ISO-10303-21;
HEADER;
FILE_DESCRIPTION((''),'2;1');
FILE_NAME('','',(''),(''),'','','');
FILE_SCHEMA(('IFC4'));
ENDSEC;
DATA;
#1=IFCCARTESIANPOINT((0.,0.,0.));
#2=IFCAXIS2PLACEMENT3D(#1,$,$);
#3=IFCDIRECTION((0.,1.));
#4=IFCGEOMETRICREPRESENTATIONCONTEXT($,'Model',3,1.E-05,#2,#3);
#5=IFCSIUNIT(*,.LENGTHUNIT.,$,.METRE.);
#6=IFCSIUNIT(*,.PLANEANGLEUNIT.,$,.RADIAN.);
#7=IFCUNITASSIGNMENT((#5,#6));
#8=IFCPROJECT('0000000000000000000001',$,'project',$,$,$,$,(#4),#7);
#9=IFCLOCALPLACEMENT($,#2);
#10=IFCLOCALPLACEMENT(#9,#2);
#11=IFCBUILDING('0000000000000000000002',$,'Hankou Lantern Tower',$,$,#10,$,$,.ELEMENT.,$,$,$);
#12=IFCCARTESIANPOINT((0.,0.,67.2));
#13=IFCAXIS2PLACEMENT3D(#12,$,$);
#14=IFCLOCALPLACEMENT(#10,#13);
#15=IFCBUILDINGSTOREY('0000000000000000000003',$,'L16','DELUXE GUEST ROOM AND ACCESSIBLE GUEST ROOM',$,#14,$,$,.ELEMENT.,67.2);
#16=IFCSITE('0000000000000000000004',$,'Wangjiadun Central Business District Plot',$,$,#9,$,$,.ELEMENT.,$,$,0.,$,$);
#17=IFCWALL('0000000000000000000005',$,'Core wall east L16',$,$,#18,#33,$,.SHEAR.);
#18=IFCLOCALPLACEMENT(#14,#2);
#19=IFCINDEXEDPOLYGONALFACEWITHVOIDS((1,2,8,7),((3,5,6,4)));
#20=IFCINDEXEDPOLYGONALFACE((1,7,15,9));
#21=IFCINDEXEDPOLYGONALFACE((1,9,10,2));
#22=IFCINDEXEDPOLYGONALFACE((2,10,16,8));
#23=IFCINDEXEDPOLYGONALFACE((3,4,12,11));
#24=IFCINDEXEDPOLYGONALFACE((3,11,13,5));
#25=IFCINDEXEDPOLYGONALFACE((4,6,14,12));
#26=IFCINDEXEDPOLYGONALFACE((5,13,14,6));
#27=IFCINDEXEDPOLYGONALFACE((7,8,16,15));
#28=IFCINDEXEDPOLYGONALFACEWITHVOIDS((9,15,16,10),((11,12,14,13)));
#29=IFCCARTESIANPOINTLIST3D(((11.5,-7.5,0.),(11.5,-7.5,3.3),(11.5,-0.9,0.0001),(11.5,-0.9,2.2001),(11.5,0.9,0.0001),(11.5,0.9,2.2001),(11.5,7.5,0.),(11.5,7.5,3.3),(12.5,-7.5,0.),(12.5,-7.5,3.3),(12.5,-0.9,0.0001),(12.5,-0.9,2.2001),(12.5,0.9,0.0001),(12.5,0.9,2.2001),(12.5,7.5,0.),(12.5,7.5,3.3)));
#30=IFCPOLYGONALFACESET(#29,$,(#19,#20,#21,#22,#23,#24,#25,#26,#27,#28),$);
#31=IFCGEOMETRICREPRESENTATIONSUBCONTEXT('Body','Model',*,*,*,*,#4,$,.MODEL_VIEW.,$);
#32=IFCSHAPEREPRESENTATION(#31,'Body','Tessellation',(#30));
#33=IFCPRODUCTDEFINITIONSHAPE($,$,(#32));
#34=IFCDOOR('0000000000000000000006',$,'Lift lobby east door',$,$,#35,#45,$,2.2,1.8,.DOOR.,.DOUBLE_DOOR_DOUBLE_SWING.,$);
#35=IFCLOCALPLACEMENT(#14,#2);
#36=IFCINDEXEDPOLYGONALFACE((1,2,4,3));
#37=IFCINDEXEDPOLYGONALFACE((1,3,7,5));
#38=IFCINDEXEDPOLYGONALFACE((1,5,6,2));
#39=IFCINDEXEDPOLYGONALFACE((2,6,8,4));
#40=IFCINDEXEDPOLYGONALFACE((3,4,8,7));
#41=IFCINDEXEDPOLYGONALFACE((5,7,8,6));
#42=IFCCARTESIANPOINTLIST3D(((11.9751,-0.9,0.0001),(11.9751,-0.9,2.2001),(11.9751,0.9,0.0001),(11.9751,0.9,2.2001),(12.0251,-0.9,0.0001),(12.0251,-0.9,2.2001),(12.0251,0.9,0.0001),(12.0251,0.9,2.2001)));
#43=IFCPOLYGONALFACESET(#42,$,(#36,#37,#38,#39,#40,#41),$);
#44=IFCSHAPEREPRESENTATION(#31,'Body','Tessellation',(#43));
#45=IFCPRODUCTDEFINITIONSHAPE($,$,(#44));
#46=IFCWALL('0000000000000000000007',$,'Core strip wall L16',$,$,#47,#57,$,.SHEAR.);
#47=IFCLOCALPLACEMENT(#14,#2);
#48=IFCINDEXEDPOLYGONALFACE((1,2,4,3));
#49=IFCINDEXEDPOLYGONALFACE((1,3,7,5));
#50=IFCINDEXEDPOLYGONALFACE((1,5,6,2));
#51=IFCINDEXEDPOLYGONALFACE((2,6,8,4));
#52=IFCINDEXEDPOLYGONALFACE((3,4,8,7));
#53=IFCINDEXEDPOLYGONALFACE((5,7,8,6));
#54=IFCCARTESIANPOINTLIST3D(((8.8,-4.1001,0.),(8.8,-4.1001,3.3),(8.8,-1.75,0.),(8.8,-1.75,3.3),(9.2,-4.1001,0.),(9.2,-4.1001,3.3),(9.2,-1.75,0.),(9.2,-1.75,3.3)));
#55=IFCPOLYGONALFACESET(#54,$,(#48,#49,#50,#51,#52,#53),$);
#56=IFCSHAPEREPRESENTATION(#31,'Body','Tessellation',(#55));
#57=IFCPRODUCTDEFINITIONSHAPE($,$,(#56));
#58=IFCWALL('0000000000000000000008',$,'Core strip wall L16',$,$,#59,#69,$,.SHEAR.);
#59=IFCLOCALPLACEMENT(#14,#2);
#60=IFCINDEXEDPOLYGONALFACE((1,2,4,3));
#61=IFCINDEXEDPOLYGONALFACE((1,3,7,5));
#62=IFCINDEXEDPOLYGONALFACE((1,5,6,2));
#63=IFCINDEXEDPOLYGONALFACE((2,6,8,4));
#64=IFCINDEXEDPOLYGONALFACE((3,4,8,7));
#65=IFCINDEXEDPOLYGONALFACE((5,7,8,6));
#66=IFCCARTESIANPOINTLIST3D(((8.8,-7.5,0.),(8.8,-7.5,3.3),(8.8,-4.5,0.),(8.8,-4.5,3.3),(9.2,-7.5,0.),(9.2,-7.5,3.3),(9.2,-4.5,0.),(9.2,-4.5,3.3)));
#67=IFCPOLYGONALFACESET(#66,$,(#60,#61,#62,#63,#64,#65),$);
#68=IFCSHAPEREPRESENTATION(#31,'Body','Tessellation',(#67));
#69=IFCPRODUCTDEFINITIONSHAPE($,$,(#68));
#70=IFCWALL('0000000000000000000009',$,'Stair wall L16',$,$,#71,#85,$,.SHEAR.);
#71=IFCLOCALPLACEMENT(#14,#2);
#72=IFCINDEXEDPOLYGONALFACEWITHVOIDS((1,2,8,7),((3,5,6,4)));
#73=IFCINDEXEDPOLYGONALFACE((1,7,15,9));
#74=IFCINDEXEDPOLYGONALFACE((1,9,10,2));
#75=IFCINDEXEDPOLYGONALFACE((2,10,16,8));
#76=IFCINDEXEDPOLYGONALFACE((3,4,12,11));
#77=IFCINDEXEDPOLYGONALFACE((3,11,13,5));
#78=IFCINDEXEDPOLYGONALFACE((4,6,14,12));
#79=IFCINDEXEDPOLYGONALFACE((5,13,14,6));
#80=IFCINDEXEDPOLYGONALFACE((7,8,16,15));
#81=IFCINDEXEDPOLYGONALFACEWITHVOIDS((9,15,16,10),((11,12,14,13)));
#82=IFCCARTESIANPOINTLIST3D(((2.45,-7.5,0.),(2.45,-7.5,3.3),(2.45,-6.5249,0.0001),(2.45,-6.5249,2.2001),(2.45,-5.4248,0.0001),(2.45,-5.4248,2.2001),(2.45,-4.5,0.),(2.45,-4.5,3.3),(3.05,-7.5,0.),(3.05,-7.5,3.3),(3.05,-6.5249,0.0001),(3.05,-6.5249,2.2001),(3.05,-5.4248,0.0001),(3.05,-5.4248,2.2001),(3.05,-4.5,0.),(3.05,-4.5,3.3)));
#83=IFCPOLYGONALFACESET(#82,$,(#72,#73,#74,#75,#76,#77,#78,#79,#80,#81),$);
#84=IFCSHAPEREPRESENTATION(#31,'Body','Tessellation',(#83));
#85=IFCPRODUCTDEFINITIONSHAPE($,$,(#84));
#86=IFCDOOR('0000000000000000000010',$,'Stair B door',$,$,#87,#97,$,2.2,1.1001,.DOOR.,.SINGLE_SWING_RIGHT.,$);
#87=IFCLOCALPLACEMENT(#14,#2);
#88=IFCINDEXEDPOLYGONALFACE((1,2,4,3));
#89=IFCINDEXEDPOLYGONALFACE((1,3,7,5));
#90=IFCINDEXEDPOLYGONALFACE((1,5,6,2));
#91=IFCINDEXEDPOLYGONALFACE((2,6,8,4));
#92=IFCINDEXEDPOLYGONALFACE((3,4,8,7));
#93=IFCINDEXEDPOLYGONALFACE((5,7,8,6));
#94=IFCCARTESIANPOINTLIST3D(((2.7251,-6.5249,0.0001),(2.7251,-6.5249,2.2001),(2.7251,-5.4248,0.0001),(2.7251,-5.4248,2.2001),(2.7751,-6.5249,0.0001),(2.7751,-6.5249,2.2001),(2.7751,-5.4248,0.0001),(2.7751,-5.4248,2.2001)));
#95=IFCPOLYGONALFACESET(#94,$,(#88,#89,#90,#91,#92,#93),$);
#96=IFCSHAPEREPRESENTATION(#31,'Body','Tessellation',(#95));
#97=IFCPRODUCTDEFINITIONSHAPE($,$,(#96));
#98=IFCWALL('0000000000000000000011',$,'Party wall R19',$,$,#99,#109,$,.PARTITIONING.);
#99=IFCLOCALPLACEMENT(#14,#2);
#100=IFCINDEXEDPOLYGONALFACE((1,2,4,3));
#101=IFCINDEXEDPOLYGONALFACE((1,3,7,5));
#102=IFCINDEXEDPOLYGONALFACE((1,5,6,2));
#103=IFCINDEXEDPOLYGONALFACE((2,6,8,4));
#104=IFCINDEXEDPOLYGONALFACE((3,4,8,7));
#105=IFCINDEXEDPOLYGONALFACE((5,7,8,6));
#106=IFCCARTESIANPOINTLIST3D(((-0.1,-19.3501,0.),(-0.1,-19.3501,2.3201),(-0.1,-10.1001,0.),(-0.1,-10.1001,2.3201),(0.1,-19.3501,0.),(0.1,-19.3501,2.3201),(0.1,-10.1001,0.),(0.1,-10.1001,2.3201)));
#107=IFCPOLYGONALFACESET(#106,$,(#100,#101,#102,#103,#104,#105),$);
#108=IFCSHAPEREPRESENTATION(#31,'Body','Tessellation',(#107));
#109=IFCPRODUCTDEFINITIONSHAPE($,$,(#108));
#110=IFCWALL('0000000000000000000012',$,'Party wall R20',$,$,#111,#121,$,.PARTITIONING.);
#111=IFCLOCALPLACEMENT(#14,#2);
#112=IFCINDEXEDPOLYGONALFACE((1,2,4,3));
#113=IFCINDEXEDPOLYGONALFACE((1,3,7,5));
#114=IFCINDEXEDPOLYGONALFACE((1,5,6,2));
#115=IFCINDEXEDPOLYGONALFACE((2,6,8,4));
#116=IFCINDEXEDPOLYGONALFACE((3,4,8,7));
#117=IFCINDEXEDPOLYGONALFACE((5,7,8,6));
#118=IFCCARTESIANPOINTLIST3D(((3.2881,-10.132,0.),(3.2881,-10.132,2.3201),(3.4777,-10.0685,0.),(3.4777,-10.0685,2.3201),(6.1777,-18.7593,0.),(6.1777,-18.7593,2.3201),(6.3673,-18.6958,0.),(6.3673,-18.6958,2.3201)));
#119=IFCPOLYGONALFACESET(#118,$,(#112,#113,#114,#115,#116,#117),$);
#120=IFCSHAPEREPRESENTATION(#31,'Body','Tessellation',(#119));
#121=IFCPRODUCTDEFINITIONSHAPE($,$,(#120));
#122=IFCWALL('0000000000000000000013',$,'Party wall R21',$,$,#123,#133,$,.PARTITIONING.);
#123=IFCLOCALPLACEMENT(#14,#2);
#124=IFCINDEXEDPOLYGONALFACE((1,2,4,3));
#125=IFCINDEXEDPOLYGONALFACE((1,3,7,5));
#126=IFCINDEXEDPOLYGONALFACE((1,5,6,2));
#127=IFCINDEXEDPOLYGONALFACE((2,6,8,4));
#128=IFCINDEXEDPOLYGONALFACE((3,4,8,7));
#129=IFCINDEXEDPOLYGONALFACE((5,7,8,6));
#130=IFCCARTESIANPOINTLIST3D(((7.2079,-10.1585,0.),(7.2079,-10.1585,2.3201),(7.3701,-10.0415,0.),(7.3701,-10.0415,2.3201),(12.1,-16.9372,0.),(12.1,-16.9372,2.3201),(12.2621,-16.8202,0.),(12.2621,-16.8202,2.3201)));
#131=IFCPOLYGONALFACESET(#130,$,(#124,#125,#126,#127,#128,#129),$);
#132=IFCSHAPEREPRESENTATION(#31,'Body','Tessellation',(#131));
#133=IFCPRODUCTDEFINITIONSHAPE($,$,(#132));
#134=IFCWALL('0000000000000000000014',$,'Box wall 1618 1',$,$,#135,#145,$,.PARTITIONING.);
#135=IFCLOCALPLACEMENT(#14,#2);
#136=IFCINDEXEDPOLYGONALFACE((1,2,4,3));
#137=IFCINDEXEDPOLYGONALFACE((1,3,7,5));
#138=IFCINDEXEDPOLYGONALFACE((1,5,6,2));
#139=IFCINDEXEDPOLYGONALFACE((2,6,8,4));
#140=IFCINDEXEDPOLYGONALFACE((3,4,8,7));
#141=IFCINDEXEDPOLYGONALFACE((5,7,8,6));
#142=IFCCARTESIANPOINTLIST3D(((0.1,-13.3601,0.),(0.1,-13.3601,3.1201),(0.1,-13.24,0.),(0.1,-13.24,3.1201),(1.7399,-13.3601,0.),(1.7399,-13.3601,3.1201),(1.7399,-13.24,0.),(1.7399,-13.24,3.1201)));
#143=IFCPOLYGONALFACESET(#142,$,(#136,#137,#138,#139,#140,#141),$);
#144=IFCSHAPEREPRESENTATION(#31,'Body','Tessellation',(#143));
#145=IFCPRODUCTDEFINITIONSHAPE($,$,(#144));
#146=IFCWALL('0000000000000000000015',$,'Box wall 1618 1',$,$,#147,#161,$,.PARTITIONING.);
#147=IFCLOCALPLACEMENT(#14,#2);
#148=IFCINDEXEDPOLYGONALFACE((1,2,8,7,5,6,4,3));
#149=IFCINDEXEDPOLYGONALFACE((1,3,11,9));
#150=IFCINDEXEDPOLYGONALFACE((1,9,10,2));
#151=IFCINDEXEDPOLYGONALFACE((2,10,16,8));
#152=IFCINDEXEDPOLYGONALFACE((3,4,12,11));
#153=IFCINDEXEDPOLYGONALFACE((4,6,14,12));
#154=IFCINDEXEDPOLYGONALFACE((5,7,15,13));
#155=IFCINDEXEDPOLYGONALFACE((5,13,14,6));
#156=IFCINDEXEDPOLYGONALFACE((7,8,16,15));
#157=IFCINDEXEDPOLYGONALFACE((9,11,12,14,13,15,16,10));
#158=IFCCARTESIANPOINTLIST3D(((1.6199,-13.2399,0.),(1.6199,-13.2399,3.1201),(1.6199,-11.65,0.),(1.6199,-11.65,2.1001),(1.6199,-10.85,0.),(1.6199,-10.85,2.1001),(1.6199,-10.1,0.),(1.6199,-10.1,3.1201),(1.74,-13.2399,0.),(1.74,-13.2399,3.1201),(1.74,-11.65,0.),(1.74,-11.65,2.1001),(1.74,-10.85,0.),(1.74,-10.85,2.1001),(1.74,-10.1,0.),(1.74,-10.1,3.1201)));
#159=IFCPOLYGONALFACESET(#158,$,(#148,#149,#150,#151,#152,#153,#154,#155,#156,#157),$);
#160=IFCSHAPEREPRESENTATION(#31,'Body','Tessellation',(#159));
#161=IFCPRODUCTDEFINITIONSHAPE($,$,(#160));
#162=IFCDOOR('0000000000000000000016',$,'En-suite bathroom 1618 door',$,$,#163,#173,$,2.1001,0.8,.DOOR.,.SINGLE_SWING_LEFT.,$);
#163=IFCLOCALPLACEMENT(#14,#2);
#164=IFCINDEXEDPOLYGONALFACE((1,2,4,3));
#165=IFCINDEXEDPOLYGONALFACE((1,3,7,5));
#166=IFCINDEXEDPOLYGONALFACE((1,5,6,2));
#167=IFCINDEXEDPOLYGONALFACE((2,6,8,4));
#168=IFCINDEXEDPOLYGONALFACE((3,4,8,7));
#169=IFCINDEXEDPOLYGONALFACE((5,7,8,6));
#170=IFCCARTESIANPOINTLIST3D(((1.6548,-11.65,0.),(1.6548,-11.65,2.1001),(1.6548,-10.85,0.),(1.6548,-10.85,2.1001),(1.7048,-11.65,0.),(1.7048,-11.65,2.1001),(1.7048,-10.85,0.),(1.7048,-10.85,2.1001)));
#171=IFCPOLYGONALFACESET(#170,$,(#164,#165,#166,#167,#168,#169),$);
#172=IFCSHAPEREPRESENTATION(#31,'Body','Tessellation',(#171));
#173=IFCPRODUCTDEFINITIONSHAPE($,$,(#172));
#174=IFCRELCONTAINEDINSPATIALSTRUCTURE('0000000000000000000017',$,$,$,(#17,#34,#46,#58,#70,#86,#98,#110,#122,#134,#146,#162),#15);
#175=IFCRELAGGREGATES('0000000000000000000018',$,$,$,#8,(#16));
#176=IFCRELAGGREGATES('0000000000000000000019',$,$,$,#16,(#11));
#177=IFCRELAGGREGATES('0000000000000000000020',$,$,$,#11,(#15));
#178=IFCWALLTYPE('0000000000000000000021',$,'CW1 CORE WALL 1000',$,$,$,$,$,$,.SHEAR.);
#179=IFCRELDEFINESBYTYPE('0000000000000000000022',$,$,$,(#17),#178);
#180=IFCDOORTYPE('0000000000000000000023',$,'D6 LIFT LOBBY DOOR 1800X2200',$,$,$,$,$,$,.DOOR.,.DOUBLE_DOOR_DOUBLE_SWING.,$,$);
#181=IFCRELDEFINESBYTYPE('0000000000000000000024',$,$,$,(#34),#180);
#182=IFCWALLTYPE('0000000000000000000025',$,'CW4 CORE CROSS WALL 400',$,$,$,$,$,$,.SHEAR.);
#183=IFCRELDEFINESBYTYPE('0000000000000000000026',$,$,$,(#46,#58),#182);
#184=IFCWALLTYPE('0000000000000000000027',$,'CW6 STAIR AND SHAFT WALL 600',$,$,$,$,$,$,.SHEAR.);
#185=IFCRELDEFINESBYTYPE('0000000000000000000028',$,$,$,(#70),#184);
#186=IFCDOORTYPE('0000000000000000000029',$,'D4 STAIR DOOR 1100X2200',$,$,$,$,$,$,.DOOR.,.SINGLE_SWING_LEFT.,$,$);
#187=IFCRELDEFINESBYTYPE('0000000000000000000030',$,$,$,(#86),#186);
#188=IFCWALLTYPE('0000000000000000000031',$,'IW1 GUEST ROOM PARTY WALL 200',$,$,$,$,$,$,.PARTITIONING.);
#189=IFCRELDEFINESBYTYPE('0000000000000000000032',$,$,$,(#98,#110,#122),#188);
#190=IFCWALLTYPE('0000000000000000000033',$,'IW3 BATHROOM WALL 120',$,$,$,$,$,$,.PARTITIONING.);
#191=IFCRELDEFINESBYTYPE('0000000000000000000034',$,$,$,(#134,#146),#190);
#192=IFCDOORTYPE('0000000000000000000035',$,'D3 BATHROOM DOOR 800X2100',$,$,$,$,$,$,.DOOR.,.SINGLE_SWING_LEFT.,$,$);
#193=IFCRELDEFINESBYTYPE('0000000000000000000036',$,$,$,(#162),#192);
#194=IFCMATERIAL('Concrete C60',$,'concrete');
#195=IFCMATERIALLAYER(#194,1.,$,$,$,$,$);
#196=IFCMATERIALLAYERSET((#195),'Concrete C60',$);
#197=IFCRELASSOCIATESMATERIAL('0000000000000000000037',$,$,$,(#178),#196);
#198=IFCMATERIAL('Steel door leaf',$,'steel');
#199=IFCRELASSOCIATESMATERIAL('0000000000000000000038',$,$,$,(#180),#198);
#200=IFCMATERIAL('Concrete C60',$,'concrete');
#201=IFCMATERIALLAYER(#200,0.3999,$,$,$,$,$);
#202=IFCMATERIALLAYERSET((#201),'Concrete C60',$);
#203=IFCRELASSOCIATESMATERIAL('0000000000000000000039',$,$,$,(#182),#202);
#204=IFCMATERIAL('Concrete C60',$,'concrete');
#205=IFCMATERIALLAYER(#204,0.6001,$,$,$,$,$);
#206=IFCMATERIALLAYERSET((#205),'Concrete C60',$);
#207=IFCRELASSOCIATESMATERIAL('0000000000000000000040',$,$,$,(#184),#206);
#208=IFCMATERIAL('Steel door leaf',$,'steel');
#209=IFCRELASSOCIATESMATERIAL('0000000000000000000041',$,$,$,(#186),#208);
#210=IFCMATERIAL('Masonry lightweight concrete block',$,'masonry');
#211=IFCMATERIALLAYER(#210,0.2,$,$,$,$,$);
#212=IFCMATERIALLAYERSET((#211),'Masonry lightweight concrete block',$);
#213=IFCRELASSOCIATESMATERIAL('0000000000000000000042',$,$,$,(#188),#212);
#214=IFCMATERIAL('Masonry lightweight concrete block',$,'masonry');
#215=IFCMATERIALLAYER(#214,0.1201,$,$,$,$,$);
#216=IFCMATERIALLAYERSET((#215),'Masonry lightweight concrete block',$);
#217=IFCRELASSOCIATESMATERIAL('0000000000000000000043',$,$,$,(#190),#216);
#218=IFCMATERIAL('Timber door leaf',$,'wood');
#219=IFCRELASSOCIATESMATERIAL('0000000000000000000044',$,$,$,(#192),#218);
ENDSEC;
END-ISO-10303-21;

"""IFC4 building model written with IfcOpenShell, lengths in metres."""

from ifc_helpers import new_model, si_unit, direction, frame, frame_2d, origin, place, context, subcontext, project, spatial, rectangle, extrude, material, layer, layer_set, type_object, element, fill, save


model = new_model("IFC4")

# Units and contexts
model_context = context("Model", 3, precision=1e-05, world=origin(), true_north=direction((0.0, 1.0)))
body_context = subcontext(model_context, "Body", "Model", "MODEL_VIEW")
ifc_project = project(units=[si_unit("LENGTHUNIT", "METRE"), si_unit("PLANEANGLEUNIT", "RADIAN")], contexts=[model_context])

# Site, building, storey
site_placement = place(None, origin())
site = spatial("IfcSite", under=ifc_project, at=site_placement, Name="Wangjiadun Central Business District Plot", CompositionType="ELEMENT", RefElevation=0.0)
building_placement = place(site_placement, origin())
building = spatial("IfcBuilding", under=site, at=building_placement, Name="Hankou Lantern Tower", CompositionType="ELEMENT")
storey_placement = place(building_placement, frame((0.0, 0.0, 67.2)))
storey = spatial("IfcBuildingStorey", under=building, at=storey_placement, Name="L16", Description="DELUXE GUEST ROOM AND ACCESSIBLE GUEST ROOM", CompositionType="ELEMENT", Elevation=67.2)

# Wall, opening, door
ifc_material_1 = material(Name="Concrete C60", Category="concrete")
ifc_layer_1 = layer(ifc_material_1, 1.0)
ifc_layer_set_1 = layer_set([ifc_layer_1], Name="Concrete C60")
wall_type_1 = type_object("IfcWallType", Name="CW1 CORE WALL 1000", PredefinedType="SHEAR", material=ifc_layer_set_1)
wall_1_placement = place(storey_placement, frame((12.0, -7.5, 0.0), z_axis=(0.0, 0.0, 1.0), x_axis=(0.0, 1.0, 0.0)))
wall_1 = element("IfcWall", 1, at=wall_1_placement, inside=storey, type_object=wall_type_1, Name="Core wall east L16", PredefinedType="SHEAR", context=body_context, shape_type="SweptSolid", body=[
    extrude(rectangle(XDim=15.0, YDim=1.0, at=frame_2d((7.5, 0.0))), origin(), (0.0, 0.0, 1.0), 3.3),
])
opening_1_placement = place(wall_1_placement, frame((6.6001, 0.0, 0.0)))
opening_1 = element("IfcOpeningElement", 2, at=opening_1_placement, cuts=wall_1, PredefinedType="OPENING", context=body_context, shape_type="SweptSolid", body=[
    extrude(rectangle(XDim=1.8, YDim=2.2, at=frame_2d((0.8999, 1.1001))), frame((0.0, 0.51, 0.0), z_axis=(0.0, -1.0, 0.0), x_axis=(1.0, 0.0, 0.0)), (0.0, 0.0, 1.0), 1.02),
])
ifc_material_2 = material(Name="Steel door leaf", Category="steel")
door_type_1 = type_object("IfcDoorType", Name="D6 LIFT LOBBY DOOR 1800X2200", OperationType="DOUBLE_DOOR_DOUBLE_SWING", PredefinedType="DOOR", material=ifc_material_2)
door_1_placement = place(opening_1_placement, origin())
door_1 = element("IfcDoor", 3, at=door_1_placement, inside=storey, type_object=door_type_1, Name="Lift lobby east door", OperationType="DOUBLE_DOOR_DOUBLE_SWING", OverallHeight=2.2, OverallWidth=1.8, PredefinedType="DOOR", context=body_context, shape_type="SweptSolid", body=[
    extrude(rectangle(XDim=1.8, YDim=2.2, at=frame_2d((0.8999, 1.1001))), frame((0.0, 0.0249, 0.0), z_axis=(0.0, -1.0, 0.0), x_axis=(1.0, 0.0, 0.0)), (0.0, 0.0, 1.0), 0.05),
])
fill(opening_1, door_1)

# Walls
ifc_material_3 = material(Name="Concrete C60", Category="concrete")
ifc_layer_2 = layer(ifc_material_3, 0.3999)
ifc_layer_set_2 = layer_set([ifc_layer_2], Name="Concrete C60")
wall_type_2 = type_object("IfcWallType", Name="CW4 CORE CROSS WALL 400", PredefinedType="SHEAR", material=ifc_layer_set_2)
wall_2_placement = place(storey_placement, frame((9.0, -4.1001, 0.0), z_axis=(0.0, 0.0, 1.0), x_axis=(0.0, 1.0, 0.0)))
element("IfcWall", 4, at=wall_2_placement, inside=storey, type_object=wall_type_2, Name="Core strip wall L16", PredefinedType="SHEAR", context=body_context, shape_type="SweptSolid", body=[
    extrude(rectangle(XDim=2.3501, YDim=0.3999, at=frame_2d((1.175, 0.0))), origin(), (0.0, 0.0, 1.0), 3.3),
])
wall_3_placement = place(storey_placement, frame((9.0, -7.5, 0.0), z_axis=(0.0, 0.0, 1.0), x_axis=(0.0, 1.0, 0.0)))
element("IfcWall", 5, at=wall_3_placement, inside=storey, type_object=wall_type_2, Name="Core strip wall L16", PredefinedType="SHEAR", context=body_context, shape_type="SweptSolid", body=[
    extrude(rectangle(XDim=3.0, YDim=0.3999, at=frame_2d((1.5, 0.0))), origin(), (0.0, 0.0, 1.0), 3.3),
])

# Wall, opening, door
ifc_material_4 = material(Name="Concrete C60", Category="concrete")
ifc_layer_3 = layer(ifc_material_4, 0.6001)
ifc_layer_set_3 = layer_set([ifc_layer_3], Name="Concrete C60")
wall_type_3 = type_object("IfcWallType", Name="CW6 STAIR AND SHAFT WALL 600", PredefinedType="SHEAR", material=ifc_layer_set_3)
wall_4_placement = place(storey_placement, frame((2.75, -7.5, 0.0), z_axis=(0.0, 0.0, 1.0), x_axis=(0.0, 1.0, 0.0)))
wall_4 = element("IfcWall", 6, at=wall_4_placement, inside=storey, type_object=wall_type_3, Name="Stair wall L16", PredefinedType="SHEAR", context=body_context, shape_type="SweptSolid", body=[
    extrude(rectangle(XDim=3.0, YDim=0.6001, at=frame_2d((1.5, 0.0))), origin(), (0.0, 0.0, 1.0), 3.3),
])
opening_2_placement = place(wall_4_placement, frame((0.9751, 0.0, 0.0)))
opening_2 = element("IfcOpeningElement", 7, at=opening_2_placement, cuts=wall_4, PredefinedType="OPENING", context=body_context, shape_type="SweptSolid", body=[
    extrude(rectangle(XDim=1.1001, YDim=2.2, at=frame_2d((0.55, 1.1001))), frame((0.0, 0.3101, 0.0), z_axis=(0.0, -1.0, 0.0), x_axis=(1.0, 0.0, 0.0)), (0.0, 0.0, 1.0), 0.6201),
])
ifc_material_5 = material(Name="Steel door leaf", Category="steel")
door_type_2 = type_object("IfcDoorType", Name="D4 STAIR DOOR 1100X2200", OperationType="SINGLE_SWING_LEFT", PredefinedType="DOOR", material=ifc_material_5)
door_2_placement = place(opening_2_placement, origin())
door_2 = element("IfcDoor", 8, at=door_2_placement, inside=storey, type_object=door_type_2, Name="Stair B door", OperationType="SINGLE_SWING_RIGHT", OverallHeight=2.2, OverallWidth=1.1001, PredefinedType="DOOR", context=body_context, shape_type="SweptSolid", body=[
    extrude(rectangle(XDim=1.1001, YDim=2.2, at=frame_2d((0.55, 1.1001))), frame((0.0, 0.0249, 0.0), z_axis=(0.0, -1.0, 0.0), x_axis=(1.0, 0.0, 0.0)), (0.0, 0.0, 1.0), 0.05),
])
fill(opening_2, door_2)

# Walls
ifc_material_6 = material(Name="Masonry lightweight concrete block", Category="masonry")
ifc_layer_4 = layer(ifc_material_6, 0.2)
ifc_layer_set_4 = layer_set([ifc_layer_4], Name="Masonry lightweight concrete block")
wall_type_4 = type_object("IfcWallType", Name="IW1 GUEST ROOM PARTY WALL 200", PredefinedType="PARTITIONING", material=ifc_layer_set_4)
wall_5_placement = place(storey_placement, frame((0.0, -10.1001, 0.0), z_axis=(0.0, 0.0, 1.0), x_axis=(0.0, -1.0, 0.0)))
element("IfcWall", 9, at=wall_5_placement, inside=storey, type_object=wall_type_4, Name="Party wall R19", PredefinedType="PARTITIONING", context=body_context, shape_type="SweptSolid", body=[
    extrude(rectangle(XDim=9.25, YDim=0.2, at=frame_2d((4.625, 0.0))), origin(), (0.0, 0.0, 1.0), 2.3201),
])
wall_6_placement = place(storey_placement, frame((3.3828, -10.1001, 0.0), z_axis=(0.0, 0.0, 1.0), x_axis=(0.317596, -0.948226, 0.0)))
element("IfcWall", 10, at=wall_6_placement, inside=storey, type_object=wall_type_4, Name="Party wall R20", PredefinedType="PARTITIONING", context=body_context, shape_type="SweptSolid", body=[
    extrude(rectangle(XDim=9.0984, YDim=0.2, at=frame_2d((4.5493, 0.0))), origin(), (0.0, 0.0, 1.0), 2.3201),
])
wall_7_placement = place(storey_placement, frame((7.2891, -10.1001, 0.0), z_axis=(0.0, 0.0, 1.0), x_axis=(0.585198, -0.81089, 0.0)))
element("IfcWall", 11, at=wall_7_placement, inside=storey, type_object=wall_type_4, Name="Party wall R21", PredefinedType="PARTITIONING", context=body_context, shape_type="SweptSolid", body=[
    extrude(rectangle(XDim=8.3596, YDim=0.2, at=frame_2d((4.1797, 0.0))), origin(), (0.0, 0.0, 1.0), 2.3201),
])
ifc_material_7 = material(Name="Masonry lightweight concrete block", Category="masonry")
ifc_layer_5 = layer(ifc_material_7, 0.1201)
ifc_layer_set_5 = layer_set([ifc_layer_5], Name="Masonry lightweight concrete block")
wall_type_5 = type_object("IfcWallType", Name="IW3 BATHROOM WALL 120", PredefinedType="PARTITIONING", material=ifc_layer_set_5)
wall_8_placement = place(storey_placement, frame((0.1001, -13.3, 0.0), z_axis=(0.0, 0.0, 1.0), x_axis=(1.0, 0.0, 0.0)))
element("IfcWall", 12, at=wall_8_placement, inside=storey, type_object=wall_type_5, Name="Box wall 1618 1", PredefinedType="PARTITIONING", context=body_context, shape_type="SweptSolid", body=[
    extrude(rectangle(XDim=1.6399, YDim=0.1201, at=frame_2d((0.8198, 0.0))), origin(), (0.0, 0.0, 1.0), 3.1201),
])

# Wall, opening, door
wall_9_placement = place(storey_placement, frame((1.6799, -10.1001, 0.0), z_axis=(0.0, 0.0, 1.0), x_axis=(0.0, -1.0, 0.0)))
wall_9 = element("IfcWall", 13, at=wall_9_placement, inside=storey, type_object=wall_type_5, Name="Box wall 1618 1", PredefinedType="PARTITIONING", context=body_context, shape_type="SweptSolid", body=[
    extrude(rectangle(XDim=3.1399, YDim=0.1201, at=frame_2d((1.5698, 0.0))), origin(), (0.0, 0.0, 1.0), 3.1201),
])
opening_3_placement = place(wall_9_placement, frame((0.75, 0.0, 0.0)))
opening_3 = element("IfcOpeningElement", 14, at=opening_3_placement, cuts=wall_9, PredefinedType="OPENING", context=body_context, shape_type="SweptSolid", body=[
    extrude(rectangle(XDim=0.8, YDim=2.1001, at=frame_2d((0.3999, 1.05))), frame((0.0, 0.0701, 0.0), z_axis=(0.0, -1.0, 0.0), x_axis=(1.0, 0.0, 0.0)), (0.0, 0.0, 1.0), 0.1401),
])
ifc_material_8 = material(Name="Timber door leaf", Category="wood")
door_type_3 = type_object("IfcDoorType", Name="D3 BATHROOM DOOR 800X2100", OperationType="SINGLE_SWING_LEFT", PredefinedType="DOOR", material=ifc_material_8)
door_3_placement = place(opening_3_placement, origin())
door_3 = element("IfcDoor", 15, at=door_3_placement, inside=storey, type_object=door_type_3, Name="En-suite bathroom 1618 door", OperationType="SINGLE_SWING_LEFT", OverallHeight=2.1001, OverallWidth=0.8, PredefinedType="DOOR", context=body_context, shape_type="SweptSolid", body=[
    extrude(rectangle(XDim=0.8, YDim=2.1001, at=frame_2d((0.3999, 1.05))), frame((0.0, 0.0249, 0.0), z_axis=(0.0, -1.0, 0.0), x_axis=(1.0, 0.0, 0.0)), (0.0, 0.0, 1.0), 0.05),
])
fill(opening_3, door_3)

save(model, "model.ifc")
